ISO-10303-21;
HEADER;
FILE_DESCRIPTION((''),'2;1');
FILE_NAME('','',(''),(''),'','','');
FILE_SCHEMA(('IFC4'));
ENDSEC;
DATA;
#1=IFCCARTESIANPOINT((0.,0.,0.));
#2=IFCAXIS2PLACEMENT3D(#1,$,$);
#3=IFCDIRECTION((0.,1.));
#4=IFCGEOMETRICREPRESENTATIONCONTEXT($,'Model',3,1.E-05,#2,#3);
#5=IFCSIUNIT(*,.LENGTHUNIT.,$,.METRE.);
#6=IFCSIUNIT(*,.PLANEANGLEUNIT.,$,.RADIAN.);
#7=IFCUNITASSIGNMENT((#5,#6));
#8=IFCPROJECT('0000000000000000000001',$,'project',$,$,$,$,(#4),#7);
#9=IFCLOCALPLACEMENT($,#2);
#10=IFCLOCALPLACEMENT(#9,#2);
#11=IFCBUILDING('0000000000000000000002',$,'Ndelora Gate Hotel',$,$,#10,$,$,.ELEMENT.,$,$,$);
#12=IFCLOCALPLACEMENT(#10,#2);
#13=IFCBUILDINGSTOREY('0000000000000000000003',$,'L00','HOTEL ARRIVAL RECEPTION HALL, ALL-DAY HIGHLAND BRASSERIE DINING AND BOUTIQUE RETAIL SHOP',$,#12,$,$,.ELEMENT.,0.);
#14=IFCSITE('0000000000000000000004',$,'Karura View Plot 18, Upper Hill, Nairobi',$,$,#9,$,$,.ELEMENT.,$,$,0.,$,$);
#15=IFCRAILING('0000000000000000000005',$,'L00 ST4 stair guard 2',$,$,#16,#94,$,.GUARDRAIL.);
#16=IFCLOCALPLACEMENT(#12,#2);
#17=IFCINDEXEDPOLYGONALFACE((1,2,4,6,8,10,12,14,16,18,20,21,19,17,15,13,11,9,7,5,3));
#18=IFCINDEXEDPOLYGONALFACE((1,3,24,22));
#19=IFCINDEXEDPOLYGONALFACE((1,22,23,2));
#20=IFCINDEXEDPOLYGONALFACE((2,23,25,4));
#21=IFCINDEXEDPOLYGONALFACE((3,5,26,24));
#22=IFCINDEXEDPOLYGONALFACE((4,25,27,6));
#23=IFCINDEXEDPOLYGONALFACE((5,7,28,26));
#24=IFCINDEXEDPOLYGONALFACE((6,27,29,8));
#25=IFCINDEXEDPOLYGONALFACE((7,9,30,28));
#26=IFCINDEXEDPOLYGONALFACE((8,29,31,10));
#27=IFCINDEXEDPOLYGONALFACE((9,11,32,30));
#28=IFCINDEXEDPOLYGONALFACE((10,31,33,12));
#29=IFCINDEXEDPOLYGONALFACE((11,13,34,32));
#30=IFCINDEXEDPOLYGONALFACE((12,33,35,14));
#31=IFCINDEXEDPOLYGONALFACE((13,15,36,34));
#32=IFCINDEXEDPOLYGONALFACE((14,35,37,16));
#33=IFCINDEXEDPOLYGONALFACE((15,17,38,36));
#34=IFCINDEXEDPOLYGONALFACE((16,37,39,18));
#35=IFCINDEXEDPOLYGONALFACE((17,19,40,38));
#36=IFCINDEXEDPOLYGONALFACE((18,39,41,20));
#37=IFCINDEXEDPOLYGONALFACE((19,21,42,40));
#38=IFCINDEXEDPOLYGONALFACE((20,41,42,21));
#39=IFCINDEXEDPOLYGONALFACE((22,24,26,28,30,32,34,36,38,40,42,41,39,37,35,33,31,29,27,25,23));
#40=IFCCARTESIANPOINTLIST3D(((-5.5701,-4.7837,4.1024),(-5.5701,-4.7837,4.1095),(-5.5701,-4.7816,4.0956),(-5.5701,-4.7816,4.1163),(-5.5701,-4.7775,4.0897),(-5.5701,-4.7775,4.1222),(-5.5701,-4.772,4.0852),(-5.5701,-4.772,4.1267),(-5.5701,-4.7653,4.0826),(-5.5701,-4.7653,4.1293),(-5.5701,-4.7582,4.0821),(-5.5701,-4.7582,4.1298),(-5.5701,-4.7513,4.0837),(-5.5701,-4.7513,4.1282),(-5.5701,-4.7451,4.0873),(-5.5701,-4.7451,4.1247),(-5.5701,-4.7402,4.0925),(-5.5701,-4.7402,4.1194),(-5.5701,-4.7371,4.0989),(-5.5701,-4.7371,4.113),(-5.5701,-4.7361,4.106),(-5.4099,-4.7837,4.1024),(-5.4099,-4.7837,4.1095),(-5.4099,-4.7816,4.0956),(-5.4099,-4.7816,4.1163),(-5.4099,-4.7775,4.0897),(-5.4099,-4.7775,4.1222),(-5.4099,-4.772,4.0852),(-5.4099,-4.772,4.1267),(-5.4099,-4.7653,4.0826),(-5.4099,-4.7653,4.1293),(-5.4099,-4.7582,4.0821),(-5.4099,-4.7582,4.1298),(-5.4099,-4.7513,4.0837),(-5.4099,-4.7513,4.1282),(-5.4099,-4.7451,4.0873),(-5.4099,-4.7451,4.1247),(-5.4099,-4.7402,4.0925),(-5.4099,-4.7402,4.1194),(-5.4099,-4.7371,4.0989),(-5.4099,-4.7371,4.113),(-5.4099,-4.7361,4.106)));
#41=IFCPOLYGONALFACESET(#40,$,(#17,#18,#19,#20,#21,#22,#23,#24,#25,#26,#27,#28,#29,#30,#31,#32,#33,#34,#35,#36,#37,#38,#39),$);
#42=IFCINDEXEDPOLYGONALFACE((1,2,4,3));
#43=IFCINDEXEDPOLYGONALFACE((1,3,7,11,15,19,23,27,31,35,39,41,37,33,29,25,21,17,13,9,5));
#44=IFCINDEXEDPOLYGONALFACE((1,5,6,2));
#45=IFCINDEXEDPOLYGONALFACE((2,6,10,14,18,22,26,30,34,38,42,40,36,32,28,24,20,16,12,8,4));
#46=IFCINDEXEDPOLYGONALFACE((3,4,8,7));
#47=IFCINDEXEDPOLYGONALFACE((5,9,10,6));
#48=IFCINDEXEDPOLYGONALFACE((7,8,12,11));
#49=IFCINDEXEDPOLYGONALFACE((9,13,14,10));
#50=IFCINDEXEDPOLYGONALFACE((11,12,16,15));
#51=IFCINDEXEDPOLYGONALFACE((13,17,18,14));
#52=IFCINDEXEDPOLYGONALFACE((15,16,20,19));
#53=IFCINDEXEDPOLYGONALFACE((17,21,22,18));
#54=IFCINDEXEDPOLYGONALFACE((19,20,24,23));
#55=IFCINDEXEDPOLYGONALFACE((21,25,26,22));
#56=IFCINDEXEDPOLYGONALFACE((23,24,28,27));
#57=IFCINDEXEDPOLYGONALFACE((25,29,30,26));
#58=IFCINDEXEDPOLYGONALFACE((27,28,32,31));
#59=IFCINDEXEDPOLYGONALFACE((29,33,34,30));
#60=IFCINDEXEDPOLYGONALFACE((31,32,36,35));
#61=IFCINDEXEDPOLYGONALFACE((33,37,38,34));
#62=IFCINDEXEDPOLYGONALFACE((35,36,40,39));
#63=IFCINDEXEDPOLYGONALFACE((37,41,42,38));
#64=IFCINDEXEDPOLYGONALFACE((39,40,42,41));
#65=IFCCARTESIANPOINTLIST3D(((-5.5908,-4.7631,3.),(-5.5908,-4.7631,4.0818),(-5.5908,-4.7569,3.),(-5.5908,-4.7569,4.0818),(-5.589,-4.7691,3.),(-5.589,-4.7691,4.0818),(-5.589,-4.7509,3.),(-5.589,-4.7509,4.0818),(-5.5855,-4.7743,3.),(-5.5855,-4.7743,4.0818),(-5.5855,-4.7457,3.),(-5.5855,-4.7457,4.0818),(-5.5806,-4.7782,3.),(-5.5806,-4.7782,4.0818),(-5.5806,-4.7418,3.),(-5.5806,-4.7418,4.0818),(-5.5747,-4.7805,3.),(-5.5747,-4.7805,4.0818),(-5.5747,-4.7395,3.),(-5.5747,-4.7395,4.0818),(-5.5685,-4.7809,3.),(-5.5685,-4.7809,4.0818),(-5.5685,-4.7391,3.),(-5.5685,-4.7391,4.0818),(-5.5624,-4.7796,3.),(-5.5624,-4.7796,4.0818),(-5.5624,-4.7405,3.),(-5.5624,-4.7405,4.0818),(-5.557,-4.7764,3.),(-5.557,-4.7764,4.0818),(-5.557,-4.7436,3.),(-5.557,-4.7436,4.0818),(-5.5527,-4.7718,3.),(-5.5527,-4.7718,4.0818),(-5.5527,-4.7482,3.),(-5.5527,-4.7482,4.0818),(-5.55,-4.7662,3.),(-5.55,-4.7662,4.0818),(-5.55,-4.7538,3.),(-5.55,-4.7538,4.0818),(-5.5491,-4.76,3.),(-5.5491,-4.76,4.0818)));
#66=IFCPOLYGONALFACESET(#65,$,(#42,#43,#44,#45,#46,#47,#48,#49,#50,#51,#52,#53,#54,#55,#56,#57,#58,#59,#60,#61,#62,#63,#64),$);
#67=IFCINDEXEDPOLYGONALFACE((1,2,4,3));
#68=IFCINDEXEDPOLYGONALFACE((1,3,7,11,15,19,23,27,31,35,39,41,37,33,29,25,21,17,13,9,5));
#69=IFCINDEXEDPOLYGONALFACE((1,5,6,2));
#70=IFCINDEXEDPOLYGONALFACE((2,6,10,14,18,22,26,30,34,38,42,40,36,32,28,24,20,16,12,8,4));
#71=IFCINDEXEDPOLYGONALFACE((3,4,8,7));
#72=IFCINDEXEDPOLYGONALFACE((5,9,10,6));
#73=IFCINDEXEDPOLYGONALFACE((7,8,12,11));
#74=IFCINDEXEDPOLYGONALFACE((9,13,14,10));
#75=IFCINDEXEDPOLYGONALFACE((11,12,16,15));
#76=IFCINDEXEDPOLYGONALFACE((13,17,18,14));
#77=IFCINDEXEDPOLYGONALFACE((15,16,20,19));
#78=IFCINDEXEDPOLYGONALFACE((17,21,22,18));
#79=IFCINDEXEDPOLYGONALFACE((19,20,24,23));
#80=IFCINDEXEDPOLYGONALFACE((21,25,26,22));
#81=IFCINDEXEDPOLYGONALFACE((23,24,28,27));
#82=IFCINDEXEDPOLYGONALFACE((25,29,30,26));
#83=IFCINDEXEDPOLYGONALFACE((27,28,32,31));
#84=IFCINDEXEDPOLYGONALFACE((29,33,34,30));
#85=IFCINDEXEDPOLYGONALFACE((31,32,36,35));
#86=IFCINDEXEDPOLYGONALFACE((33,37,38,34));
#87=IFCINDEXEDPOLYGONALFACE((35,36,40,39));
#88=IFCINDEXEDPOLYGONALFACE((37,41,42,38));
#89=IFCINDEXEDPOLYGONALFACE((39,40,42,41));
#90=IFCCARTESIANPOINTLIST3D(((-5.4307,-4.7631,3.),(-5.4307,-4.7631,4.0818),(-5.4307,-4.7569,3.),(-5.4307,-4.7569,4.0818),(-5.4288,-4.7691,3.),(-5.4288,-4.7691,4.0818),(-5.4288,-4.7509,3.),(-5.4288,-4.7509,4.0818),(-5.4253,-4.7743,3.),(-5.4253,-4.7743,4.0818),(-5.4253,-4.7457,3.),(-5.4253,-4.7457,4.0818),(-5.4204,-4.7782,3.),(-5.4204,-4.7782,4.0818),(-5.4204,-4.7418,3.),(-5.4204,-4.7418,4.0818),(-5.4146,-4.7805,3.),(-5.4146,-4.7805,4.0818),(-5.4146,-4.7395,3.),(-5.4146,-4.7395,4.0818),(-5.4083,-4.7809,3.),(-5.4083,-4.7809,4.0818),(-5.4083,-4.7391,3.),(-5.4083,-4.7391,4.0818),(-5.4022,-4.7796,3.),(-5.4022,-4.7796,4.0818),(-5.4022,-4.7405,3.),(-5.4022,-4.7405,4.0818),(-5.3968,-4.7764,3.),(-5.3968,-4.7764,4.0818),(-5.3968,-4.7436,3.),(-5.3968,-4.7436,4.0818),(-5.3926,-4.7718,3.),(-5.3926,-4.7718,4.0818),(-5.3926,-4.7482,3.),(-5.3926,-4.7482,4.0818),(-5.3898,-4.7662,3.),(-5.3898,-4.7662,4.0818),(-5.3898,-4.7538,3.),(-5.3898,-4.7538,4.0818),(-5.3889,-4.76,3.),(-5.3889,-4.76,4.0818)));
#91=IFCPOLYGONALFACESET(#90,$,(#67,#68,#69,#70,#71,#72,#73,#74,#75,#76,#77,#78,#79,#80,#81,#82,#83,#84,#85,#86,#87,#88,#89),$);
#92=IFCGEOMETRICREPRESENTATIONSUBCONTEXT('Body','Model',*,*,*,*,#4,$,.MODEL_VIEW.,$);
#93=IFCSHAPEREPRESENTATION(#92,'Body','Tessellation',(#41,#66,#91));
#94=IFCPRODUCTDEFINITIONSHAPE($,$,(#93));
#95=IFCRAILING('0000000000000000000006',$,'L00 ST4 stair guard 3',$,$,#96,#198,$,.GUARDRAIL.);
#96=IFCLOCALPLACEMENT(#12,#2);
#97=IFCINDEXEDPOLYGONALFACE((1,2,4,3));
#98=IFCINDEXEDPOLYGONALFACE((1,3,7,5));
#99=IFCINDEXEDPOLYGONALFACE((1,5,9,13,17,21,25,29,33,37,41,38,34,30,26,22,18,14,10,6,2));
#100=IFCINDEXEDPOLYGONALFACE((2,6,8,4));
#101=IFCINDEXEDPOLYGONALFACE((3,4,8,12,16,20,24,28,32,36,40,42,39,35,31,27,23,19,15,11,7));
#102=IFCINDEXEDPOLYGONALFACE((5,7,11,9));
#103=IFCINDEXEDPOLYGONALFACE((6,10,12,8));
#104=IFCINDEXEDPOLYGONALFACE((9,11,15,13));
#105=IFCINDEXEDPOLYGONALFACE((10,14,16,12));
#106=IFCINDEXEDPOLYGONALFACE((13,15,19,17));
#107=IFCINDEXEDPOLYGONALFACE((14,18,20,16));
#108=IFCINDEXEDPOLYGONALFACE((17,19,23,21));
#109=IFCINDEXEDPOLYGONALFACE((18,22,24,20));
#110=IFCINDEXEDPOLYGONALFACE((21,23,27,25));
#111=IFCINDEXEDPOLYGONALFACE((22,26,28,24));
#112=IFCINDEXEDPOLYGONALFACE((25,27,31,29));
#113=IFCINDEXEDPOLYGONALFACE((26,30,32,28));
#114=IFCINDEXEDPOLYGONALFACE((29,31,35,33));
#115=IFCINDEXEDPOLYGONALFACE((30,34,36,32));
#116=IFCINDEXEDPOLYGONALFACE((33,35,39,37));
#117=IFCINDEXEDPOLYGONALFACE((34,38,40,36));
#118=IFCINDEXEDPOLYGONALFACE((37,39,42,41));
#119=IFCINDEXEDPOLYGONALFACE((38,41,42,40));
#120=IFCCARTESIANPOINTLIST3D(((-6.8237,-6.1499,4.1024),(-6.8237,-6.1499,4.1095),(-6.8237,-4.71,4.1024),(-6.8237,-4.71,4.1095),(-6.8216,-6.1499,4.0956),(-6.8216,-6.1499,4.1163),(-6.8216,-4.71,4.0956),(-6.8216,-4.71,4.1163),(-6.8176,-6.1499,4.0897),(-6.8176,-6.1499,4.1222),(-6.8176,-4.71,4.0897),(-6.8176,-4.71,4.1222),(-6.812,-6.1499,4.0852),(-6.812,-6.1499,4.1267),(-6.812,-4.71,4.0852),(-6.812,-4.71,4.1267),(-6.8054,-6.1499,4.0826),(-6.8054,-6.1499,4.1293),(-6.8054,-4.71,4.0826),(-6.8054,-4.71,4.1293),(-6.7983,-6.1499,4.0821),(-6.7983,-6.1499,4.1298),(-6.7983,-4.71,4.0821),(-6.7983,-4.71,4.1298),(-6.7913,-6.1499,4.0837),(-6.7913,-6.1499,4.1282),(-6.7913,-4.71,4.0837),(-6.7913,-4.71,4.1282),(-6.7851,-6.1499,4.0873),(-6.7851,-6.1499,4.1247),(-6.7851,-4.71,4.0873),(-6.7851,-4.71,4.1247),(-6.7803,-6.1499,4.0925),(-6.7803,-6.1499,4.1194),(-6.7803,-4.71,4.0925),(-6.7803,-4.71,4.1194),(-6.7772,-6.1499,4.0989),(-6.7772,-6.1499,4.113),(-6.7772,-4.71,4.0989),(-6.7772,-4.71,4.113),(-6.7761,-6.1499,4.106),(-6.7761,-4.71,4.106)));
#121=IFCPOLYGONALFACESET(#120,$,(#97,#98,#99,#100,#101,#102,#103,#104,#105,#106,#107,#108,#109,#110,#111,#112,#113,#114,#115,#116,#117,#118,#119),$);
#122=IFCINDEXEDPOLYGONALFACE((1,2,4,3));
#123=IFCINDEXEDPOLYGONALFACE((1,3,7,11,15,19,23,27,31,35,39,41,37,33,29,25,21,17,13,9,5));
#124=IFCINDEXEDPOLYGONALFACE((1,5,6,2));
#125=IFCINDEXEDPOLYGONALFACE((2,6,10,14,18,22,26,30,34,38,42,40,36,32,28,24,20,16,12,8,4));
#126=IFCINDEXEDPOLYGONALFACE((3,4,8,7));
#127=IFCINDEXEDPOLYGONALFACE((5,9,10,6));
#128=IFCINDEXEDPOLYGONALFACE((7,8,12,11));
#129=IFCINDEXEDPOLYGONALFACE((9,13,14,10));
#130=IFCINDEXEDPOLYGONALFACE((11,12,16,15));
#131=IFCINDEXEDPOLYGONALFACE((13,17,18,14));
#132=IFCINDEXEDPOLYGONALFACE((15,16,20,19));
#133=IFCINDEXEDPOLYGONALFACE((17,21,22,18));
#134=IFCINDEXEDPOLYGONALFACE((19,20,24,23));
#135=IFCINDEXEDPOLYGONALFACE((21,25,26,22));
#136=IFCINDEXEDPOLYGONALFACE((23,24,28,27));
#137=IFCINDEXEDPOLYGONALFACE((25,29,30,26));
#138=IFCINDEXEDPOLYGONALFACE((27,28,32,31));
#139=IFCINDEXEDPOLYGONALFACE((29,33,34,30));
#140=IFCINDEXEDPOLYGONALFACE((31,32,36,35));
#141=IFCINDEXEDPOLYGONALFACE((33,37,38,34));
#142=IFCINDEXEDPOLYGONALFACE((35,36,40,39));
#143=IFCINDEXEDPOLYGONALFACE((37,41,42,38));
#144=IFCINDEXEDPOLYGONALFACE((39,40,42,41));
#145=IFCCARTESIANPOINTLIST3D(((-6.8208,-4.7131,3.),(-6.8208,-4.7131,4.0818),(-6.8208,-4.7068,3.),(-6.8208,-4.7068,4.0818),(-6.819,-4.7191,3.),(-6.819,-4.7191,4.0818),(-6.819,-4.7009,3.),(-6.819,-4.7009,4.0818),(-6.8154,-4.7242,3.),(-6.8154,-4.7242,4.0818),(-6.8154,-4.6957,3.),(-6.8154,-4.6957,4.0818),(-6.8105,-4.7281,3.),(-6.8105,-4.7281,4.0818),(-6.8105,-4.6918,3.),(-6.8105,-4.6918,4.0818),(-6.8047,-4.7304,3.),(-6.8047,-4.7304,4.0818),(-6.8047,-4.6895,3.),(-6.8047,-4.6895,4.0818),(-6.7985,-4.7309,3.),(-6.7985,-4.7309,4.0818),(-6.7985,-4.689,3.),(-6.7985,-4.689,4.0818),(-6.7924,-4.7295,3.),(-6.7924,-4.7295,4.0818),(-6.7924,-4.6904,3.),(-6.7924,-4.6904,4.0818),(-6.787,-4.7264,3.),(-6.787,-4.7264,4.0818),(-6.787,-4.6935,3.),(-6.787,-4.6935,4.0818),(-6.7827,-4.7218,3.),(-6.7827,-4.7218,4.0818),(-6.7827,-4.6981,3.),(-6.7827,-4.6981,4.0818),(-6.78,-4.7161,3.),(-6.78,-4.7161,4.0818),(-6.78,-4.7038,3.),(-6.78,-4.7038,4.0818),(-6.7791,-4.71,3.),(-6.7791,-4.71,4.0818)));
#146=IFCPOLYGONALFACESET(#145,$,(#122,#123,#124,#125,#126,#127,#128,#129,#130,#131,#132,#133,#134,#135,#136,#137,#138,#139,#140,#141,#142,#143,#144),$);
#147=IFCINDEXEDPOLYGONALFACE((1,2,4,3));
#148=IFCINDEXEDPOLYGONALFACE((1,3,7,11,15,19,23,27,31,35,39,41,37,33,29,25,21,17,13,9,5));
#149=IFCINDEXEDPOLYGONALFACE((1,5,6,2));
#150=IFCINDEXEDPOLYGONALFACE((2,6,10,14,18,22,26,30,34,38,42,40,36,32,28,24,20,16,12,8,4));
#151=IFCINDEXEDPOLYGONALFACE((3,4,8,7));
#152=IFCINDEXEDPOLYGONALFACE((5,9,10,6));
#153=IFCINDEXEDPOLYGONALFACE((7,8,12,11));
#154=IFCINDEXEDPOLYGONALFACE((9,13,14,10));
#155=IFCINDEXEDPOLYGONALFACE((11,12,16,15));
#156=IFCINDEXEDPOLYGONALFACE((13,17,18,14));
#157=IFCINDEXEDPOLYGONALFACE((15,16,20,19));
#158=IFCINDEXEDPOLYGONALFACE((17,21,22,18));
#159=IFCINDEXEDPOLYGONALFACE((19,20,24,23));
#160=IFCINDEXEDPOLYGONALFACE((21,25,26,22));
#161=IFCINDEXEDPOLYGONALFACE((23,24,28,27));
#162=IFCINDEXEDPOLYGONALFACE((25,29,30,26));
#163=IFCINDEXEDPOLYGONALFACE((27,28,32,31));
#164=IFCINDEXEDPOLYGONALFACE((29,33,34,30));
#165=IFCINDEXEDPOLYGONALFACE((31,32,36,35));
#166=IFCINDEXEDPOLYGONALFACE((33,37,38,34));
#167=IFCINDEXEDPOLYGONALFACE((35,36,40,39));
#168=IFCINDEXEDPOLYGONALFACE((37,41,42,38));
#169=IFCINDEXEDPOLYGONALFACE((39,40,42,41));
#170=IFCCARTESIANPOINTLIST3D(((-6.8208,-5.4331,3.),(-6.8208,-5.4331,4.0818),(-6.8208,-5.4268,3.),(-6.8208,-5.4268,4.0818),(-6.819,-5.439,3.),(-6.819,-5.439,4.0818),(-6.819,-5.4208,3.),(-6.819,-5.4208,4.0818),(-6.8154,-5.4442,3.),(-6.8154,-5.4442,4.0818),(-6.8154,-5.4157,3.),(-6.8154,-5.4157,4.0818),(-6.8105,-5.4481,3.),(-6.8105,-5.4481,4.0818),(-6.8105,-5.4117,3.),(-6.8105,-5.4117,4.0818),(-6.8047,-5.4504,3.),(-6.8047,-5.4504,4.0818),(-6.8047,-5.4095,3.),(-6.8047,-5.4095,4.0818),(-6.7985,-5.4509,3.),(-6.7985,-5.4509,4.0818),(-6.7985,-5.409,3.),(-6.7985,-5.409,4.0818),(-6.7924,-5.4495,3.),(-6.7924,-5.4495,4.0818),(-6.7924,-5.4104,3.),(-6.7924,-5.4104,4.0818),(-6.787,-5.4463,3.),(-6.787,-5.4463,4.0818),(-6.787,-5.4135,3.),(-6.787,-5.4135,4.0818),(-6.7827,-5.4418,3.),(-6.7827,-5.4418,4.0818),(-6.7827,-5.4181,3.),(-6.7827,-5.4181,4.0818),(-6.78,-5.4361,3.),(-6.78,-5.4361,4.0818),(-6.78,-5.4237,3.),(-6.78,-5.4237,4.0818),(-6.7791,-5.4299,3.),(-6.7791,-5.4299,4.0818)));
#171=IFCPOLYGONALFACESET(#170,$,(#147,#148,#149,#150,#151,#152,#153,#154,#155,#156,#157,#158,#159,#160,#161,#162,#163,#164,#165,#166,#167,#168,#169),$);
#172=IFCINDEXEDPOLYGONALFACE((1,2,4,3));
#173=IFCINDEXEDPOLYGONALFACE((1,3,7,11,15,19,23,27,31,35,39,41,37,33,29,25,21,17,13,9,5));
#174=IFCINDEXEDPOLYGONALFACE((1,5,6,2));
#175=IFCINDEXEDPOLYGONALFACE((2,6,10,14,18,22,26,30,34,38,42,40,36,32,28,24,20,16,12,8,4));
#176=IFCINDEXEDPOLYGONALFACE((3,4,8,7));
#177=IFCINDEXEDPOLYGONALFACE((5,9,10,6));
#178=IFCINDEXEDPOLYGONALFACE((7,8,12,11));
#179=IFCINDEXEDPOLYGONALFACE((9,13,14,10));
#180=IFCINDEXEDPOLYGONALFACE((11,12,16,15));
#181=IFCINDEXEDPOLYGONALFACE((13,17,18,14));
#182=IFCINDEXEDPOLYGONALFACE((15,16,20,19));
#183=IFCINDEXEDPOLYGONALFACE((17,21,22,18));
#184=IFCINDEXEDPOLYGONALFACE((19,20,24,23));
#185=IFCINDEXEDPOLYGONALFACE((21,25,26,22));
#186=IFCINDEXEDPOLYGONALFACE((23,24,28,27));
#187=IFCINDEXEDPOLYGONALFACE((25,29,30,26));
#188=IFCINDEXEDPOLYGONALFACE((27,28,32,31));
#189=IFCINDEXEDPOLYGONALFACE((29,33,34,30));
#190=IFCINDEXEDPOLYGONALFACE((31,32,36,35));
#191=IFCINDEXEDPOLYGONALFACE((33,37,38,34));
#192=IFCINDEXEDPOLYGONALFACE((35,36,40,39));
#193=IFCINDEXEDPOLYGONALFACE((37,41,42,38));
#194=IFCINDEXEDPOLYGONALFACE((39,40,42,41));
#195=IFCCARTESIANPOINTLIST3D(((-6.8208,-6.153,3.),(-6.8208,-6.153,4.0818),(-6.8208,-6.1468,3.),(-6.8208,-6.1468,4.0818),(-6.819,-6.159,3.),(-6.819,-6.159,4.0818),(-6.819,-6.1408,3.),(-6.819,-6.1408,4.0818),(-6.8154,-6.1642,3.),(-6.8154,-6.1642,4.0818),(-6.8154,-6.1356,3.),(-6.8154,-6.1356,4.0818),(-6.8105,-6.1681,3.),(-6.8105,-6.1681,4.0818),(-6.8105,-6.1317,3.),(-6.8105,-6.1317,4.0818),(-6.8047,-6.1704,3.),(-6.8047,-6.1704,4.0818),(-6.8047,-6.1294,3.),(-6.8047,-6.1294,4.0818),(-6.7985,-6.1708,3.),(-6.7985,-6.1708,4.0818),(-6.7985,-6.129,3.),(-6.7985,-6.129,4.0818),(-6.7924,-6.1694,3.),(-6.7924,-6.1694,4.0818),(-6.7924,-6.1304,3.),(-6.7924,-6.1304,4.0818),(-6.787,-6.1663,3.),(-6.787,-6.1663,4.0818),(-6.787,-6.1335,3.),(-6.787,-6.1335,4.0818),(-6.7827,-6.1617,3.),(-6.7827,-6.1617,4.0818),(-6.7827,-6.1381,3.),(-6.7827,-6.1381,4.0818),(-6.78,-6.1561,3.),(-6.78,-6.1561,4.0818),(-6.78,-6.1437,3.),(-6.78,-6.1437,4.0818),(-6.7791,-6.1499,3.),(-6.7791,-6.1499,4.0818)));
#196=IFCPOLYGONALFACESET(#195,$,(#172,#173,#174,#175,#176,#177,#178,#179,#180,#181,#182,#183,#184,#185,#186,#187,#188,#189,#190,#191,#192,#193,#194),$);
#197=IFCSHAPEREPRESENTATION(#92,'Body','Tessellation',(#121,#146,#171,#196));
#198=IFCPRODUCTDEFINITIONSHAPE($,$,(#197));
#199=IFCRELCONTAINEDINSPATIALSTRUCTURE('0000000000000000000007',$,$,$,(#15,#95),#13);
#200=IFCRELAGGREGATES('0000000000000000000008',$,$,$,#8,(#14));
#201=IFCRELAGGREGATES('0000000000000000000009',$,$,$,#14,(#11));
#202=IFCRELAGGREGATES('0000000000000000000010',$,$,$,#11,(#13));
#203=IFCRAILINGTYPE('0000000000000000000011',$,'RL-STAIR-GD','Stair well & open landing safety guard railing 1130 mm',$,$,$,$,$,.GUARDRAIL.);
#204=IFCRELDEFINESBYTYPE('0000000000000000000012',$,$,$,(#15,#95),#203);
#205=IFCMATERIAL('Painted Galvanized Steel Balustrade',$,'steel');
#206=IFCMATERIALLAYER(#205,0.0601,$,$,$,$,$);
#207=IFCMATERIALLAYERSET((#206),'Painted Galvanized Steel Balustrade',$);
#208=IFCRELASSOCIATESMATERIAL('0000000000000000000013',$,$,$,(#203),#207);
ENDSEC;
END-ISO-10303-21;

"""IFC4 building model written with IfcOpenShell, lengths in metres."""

from ifc_helpers import new_model, si_unit, direction, frame, origin, origin_2d, place, context, subcontext, project, spatial, circle, extrude, material, layer, layer_set, type_object, element, save


model = new_model("IFC4")

# Units and contexts
model_context = context("Model", 3, precision=1e-05, world=origin(), true_north=direction((0.0, 1.0)))
body_context = subcontext(model_context, "Body", "Model", "MODEL_VIEW")
ifc_project = project(units=[si_unit("LENGTHUNIT", "METRE"), si_unit("PLANEANGLEUNIT", "RADIAN")], contexts=[model_context])

# Site, building, storey
site_placement = place(None, origin())
site = spatial("IfcSite", under=ifc_project, at=site_placement, Name="Karura View Plot 18, Upper Hill, Nairobi", CompositionType="ELEMENT", RefElevation=0.0)
building_placement = place(site_placement, origin())
building = spatial("IfcBuilding", under=site, at=building_placement, Name="Ndelora Gate Hotel", CompositionType="ELEMENT")
storey_placement = place(building_placement, origin())
storey = spatial("IfcBuildingStorey", under=building, at=storey_placement, Name="L00", Description="HOTEL ARRIVAL RECEPTION HALL, ALL-DAY HIGHLAND BRASSERIE DINING AND BOUTIQUE RETAIL SHOP", CompositionType="ELEMENT", Elevation=0.0)

# Railings
ifc_material_1 = material(Name="Painted Galvanized Steel Balustrade", Category="steel")
ifc_layer_1 = layer(ifc_material_1, 0.0601)
ifc_layer_set_1 = layer_set([ifc_layer_1], Name="Painted Galvanized Steel Balustrade")
railing_type_1 = type_object("IfcRailingType", Name="RL-STAIR-GD", Description="Stair well & open landing safety guard railing 1130 mm", PredefinedType="GUARDRAIL", material=ifc_layer_set_1)
railing_1_placement = place(storey_placement, frame((-5.5701, -4.76, 3.0)))
element("IfcRailing", 1, at=railing_1_placement, inside=storey, type_object=railing_type_1, Name="L00 ST4 stair guard 2", PredefinedType="GUARDRAIL", context=body_context, shape_type="SweptSolid", body=[
    extrude(circle(Radius=0.0239, at=origin_2d()), frame((0.0, 0.0, 1.106), z_axis=(1.0, 0.0, 0.0), x_axis=(0.0, 1.0, 0.0)), (0.0, 0.0, 1.0), 0.1602),
    extrude(circle(Radius=0.021, at=origin_2d()), origin(), (0.0, 0.0, 1.0), 1.0818),
    extrude(circle(Radius=0.021, at=origin_2d()), frame((0.1602, 0.0, 0.0)), (0.0, 0.0, 1.0), 1.0818),
])
for number, where, name in (
    (2, (-6.8, -4.71, 3.0), "L00 ST4 stair guard 3"),
):
    element("IfcRailing", number, at=place(storey_placement, frame(where)), inside=storey, type_object=railing_type_1, Name=name, PredefinedType="GUARDRAIL", context=body_context, shape_type="SweptSolid", body=[
        extrude(circle(Radius=0.0239, at=origin_2d()), frame((0.0, 0.0, 1.106), z_axis=(0.0, -1.0, 0.0), x_axis=(1.0, 0.0, 0.0)), (0.0, 0.0, 1.0), 1.4399),
        extrude(circle(Radius=0.021, at=origin_2d()), origin(), (0.0, 0.0, 1.0), 1.0818),
        extrude(circle(Radius=0.021, at=origin_2d()), frame((0.0, -0.72, 0.0)), (0.0, 0.0, 1.0), 1.0818),
        extrude(circle(Radius=0.021, at=origin_2d()), frame((0.0, -1.4399, 0.0)), (0.0, 0.0, 1.0), 1.0818),
    ])

save(model, "model.ifc")
